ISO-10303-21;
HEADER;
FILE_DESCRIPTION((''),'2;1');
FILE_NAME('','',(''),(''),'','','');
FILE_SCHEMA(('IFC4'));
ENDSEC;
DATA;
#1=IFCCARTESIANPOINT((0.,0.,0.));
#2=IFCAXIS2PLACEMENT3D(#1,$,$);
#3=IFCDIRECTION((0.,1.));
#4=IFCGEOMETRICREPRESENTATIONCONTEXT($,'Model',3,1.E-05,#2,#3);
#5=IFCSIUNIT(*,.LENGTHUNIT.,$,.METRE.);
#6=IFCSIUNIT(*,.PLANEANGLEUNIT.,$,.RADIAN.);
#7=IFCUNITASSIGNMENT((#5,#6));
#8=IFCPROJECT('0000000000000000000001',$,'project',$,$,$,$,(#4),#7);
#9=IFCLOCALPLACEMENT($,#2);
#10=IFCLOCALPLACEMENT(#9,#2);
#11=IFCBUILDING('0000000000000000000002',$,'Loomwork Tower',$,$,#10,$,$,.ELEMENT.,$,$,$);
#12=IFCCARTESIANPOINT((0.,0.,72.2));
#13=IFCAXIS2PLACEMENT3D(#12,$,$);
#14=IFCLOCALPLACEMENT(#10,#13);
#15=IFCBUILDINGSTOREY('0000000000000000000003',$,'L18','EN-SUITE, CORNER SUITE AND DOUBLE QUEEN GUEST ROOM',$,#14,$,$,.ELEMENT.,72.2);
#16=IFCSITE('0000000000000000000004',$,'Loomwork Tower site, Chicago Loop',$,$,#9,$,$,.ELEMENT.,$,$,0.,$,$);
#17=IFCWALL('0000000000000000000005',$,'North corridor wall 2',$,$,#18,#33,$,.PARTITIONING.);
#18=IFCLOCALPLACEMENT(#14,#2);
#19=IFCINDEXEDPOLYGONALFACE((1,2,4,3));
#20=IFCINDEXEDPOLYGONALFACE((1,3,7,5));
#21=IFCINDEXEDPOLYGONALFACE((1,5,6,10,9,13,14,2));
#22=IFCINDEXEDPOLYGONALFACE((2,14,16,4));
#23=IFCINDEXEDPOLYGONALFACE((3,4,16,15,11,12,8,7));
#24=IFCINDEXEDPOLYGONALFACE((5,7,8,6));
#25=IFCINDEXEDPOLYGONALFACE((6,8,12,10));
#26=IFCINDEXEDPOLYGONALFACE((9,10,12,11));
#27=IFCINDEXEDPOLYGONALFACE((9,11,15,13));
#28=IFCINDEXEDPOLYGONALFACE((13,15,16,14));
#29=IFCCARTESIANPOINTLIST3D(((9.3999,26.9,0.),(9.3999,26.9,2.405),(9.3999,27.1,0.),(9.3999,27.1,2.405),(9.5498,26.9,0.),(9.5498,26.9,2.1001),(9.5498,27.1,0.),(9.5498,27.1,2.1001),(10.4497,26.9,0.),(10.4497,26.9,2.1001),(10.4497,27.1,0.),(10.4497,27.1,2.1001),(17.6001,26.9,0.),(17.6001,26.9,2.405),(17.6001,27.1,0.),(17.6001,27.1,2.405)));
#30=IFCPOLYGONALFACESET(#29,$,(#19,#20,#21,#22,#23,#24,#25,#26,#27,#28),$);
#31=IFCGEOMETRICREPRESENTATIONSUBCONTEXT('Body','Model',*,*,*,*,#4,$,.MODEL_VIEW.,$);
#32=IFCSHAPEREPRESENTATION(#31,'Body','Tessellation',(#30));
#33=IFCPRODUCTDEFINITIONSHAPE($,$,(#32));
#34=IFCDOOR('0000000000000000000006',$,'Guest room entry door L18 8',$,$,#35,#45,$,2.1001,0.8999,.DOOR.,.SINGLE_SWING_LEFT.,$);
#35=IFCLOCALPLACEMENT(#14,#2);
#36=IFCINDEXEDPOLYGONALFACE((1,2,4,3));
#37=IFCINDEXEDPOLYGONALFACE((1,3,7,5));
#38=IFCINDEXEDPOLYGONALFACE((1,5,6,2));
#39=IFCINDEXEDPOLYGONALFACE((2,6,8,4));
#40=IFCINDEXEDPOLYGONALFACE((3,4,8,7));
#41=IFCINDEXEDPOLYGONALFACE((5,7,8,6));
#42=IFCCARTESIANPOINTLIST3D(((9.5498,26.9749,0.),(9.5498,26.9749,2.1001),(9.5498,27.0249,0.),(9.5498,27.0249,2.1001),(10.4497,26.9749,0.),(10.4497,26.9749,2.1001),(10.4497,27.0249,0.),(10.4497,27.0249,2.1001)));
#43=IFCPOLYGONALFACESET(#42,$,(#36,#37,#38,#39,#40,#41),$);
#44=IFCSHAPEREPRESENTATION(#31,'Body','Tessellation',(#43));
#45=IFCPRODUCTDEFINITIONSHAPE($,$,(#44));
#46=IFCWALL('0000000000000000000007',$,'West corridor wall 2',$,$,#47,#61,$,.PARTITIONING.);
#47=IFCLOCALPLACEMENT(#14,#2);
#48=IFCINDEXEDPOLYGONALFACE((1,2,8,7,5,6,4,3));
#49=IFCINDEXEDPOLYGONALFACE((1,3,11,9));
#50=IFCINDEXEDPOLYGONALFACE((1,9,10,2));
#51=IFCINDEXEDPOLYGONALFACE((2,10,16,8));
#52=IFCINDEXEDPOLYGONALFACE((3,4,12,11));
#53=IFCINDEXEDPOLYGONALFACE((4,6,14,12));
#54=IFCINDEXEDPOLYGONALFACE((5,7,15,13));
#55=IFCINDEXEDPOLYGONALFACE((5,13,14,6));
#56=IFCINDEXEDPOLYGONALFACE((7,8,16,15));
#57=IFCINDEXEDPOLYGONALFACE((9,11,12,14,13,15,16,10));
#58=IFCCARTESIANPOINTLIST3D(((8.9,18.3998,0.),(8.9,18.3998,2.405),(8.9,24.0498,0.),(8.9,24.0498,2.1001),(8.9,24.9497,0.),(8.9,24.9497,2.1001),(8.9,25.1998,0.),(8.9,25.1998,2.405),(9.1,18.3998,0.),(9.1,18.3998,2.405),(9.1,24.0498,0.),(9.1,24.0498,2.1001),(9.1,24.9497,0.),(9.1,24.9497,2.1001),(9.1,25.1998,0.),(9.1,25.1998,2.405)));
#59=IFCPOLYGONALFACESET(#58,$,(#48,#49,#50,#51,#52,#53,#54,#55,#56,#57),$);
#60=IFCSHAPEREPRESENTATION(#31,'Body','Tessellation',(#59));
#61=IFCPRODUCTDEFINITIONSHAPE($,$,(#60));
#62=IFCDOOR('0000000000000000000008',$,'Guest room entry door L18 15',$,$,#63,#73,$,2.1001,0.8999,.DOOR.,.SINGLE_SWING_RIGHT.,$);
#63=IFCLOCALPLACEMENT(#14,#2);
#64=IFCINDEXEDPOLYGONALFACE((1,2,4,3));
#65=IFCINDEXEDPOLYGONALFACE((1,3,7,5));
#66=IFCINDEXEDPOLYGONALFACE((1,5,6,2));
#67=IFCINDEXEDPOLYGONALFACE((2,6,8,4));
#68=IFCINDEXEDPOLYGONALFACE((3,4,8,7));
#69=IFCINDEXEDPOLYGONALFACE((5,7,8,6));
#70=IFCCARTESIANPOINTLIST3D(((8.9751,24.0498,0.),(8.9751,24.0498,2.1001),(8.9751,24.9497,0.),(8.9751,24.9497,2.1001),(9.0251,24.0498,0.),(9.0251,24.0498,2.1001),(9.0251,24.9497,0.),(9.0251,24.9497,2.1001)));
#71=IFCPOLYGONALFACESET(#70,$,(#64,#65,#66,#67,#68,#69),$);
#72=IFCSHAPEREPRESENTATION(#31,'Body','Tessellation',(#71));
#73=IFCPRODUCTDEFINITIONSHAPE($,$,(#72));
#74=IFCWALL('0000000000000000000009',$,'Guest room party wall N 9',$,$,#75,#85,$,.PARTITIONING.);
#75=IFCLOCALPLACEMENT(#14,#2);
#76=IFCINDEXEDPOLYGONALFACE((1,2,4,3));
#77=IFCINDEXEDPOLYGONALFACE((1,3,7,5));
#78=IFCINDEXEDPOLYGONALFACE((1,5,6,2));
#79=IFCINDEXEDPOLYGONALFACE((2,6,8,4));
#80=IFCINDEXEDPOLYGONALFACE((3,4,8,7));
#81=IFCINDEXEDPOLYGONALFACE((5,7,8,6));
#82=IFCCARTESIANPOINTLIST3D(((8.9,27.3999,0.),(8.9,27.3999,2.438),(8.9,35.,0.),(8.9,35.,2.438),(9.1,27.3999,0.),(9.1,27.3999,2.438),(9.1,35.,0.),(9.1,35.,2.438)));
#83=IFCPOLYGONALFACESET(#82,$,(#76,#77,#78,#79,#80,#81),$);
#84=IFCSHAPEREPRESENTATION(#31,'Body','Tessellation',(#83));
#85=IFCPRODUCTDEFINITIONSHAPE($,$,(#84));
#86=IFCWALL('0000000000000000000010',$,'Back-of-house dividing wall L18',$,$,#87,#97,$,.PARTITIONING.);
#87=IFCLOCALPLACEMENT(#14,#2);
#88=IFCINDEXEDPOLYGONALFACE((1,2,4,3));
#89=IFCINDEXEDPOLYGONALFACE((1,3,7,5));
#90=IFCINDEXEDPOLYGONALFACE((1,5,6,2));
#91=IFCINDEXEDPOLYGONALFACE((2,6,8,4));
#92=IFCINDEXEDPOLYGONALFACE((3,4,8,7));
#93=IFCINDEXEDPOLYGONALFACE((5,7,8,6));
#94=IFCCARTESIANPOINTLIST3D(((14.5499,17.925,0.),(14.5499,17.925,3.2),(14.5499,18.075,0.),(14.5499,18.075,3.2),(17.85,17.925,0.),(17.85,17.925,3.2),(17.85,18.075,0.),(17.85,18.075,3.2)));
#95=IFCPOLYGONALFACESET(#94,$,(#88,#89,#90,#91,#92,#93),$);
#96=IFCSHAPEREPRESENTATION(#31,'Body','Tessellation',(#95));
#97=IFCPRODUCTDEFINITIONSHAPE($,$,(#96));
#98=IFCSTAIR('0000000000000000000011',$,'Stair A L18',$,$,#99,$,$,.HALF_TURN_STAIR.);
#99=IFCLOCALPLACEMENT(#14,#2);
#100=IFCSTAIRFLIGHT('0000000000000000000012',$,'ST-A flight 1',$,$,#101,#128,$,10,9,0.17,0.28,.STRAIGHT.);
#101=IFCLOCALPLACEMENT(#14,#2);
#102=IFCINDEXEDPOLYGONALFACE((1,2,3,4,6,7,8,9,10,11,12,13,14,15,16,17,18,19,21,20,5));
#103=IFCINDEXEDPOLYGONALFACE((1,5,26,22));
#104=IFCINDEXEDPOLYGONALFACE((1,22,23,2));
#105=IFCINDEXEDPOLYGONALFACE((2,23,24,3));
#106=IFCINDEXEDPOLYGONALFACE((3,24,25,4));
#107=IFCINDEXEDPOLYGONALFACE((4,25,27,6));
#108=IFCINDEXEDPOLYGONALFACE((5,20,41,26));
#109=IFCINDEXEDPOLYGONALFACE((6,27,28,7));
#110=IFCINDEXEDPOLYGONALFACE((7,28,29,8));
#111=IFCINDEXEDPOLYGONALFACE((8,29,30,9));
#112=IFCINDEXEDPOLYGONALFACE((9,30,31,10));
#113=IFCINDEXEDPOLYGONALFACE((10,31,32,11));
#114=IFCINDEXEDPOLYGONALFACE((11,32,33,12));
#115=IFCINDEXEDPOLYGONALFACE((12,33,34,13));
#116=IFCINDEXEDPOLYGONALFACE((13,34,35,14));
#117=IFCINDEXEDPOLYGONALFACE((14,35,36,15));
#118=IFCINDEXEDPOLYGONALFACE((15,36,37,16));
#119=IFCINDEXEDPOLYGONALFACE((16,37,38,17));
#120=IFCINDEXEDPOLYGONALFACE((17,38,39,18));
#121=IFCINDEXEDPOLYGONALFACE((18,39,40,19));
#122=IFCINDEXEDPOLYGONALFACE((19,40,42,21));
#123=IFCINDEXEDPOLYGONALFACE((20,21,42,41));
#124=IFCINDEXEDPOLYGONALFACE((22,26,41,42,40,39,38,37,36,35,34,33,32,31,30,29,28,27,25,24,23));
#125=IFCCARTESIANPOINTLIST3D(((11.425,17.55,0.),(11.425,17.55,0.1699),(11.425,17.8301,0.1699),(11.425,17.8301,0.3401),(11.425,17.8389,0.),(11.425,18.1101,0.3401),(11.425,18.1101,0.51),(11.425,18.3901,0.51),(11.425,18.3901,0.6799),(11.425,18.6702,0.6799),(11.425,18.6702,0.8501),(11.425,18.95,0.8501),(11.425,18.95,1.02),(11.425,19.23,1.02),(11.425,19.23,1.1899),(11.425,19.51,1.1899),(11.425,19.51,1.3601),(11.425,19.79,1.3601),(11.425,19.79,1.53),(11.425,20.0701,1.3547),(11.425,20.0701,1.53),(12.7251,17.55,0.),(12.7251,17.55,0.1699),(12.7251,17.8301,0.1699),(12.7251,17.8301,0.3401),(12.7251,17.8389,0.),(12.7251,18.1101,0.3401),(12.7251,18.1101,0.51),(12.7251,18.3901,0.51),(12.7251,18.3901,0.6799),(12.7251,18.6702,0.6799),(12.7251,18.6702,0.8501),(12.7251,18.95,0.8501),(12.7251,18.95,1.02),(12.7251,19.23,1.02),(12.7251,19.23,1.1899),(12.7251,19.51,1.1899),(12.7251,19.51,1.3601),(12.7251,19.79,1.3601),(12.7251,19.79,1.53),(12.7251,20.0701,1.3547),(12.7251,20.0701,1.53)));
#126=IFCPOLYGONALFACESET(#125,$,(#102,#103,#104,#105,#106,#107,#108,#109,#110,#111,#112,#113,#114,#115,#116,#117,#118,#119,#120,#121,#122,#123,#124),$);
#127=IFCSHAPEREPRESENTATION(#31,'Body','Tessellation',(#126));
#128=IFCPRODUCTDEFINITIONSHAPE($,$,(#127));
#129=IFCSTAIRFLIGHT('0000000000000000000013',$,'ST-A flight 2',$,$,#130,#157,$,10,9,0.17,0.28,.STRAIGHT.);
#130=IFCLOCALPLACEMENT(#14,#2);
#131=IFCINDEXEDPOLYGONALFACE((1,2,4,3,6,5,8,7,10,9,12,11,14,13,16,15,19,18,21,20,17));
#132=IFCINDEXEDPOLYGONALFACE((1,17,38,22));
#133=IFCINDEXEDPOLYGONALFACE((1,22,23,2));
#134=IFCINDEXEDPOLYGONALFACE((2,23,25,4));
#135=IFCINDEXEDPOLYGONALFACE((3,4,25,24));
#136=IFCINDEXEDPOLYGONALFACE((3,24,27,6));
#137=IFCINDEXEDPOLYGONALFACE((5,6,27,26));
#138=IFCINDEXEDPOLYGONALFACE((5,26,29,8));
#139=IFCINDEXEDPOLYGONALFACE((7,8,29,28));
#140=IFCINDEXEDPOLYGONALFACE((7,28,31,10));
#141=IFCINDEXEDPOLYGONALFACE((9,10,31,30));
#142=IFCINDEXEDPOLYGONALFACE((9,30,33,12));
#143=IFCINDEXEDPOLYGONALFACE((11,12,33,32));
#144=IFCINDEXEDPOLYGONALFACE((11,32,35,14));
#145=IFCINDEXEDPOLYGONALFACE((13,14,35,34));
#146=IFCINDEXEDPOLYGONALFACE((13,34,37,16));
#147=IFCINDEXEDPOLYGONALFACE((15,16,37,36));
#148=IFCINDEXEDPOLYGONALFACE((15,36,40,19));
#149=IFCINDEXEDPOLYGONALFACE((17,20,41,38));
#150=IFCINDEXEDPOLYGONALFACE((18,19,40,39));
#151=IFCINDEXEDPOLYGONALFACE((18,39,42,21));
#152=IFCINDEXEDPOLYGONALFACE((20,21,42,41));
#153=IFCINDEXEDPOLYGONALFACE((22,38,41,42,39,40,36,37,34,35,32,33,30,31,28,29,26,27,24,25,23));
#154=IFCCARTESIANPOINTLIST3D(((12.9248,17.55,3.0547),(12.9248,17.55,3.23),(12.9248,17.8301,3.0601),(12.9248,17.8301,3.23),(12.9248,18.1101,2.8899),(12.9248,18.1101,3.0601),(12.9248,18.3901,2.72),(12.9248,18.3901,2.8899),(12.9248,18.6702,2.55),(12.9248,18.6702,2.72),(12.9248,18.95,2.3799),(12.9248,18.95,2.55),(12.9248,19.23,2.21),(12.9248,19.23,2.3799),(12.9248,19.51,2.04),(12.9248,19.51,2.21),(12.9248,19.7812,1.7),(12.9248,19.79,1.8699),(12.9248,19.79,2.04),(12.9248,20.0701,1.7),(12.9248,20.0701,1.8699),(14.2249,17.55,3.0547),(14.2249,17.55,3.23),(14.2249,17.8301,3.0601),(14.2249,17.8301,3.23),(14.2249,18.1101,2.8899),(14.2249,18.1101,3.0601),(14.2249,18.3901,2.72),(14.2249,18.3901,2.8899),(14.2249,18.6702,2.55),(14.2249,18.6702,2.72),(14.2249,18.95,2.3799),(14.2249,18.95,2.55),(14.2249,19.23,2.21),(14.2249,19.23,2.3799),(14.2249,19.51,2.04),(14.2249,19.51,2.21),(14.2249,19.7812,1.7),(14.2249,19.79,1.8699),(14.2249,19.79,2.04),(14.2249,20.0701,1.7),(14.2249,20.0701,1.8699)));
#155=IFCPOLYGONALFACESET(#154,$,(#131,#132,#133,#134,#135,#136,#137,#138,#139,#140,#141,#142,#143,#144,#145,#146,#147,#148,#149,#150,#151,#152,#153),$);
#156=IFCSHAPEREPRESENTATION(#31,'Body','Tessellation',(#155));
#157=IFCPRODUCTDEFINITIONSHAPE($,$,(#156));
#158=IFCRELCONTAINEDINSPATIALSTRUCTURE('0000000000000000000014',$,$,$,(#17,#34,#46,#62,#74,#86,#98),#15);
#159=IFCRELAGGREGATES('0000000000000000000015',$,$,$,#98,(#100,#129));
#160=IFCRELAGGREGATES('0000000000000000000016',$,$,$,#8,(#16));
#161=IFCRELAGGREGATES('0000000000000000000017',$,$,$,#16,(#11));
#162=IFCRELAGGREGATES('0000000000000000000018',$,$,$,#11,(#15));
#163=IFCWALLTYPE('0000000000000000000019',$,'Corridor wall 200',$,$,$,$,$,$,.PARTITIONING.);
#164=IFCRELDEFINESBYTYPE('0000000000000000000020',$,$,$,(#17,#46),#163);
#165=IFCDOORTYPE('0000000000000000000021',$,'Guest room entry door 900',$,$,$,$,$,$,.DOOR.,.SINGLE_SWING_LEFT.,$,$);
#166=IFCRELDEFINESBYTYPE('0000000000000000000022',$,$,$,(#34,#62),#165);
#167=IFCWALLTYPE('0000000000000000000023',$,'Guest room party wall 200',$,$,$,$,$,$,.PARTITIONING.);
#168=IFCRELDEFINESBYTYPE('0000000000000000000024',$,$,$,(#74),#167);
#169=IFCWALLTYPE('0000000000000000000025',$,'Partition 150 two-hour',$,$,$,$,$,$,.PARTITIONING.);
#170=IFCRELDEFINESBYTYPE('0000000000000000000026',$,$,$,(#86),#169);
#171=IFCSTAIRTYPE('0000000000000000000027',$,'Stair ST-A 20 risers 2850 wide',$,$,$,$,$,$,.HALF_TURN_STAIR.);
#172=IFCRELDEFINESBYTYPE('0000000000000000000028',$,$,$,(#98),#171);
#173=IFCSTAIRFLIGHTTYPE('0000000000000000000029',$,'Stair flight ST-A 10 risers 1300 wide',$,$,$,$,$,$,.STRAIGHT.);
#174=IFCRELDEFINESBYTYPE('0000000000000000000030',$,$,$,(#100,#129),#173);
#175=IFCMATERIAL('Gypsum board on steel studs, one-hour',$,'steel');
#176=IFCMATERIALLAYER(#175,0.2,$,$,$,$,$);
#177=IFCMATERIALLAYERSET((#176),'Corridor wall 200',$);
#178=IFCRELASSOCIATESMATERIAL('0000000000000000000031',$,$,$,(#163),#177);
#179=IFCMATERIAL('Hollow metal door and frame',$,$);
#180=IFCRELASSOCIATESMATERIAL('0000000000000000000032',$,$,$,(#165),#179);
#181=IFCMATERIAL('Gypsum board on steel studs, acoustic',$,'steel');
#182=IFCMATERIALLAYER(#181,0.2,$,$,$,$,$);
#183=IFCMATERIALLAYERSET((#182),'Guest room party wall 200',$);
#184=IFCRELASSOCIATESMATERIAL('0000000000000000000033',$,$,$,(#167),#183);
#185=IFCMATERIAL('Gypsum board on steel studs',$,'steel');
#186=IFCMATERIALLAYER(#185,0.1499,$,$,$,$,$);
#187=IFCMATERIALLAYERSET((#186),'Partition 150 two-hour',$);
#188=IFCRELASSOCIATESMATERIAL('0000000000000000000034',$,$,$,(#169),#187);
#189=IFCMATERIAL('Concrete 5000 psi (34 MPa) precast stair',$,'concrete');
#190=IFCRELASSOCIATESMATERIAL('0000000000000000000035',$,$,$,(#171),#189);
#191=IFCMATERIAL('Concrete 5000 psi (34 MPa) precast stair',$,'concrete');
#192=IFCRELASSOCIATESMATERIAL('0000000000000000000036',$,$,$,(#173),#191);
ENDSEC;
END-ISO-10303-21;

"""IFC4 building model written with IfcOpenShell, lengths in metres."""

from ifc_helpers import new_model, si_unit, direction, frame, frame_2d, origin, place, context, subcontext, project, spatial, polyline, rectangle, outline, extrude, material, layer, layer_set, type_object, element, fill, aggregate, save


model = new_model("IFC4")

# Units and contexts
model_context = context("Model", 3, precision=1e-05, world=origin(), true_north=direction((0.0, 1.0)))
body_context = subcontext(model_context, "Body", "Model", "MODEL_VIEW")
ifc_project = project(units=[si_unit("LENGTHUNIT", "METRE"), si_unit("PLANEANGLEUNIT", "RADIAN")], contexts=[model_context])

# Site, building, storey
site_placement = place(None, origin())
site = spatial("IfcSite", under=ifc_project, at=site_placement, Name="Loomwork Tower site, Chicago Loop", CompositionType="ELEMENT", RefElevation=0.0)
building_placement = place(site_placement, origin())
building = spatial("IfcBuilding", under=site, at=building_placement, Name="Loomwork Tower", CompositionType="ELEMENT")
storey_placement = place(building_placement, frame((0.0, 0.0, 72.2)))
storey = spatial("IfcBuildingStorey", under=building, at=storey_placement, Name="L18", Description="EN-SUITE, CORNER SUITE AND DOUBLE QUEEN GUEST ROOM", CompositionType="ELEMENT", Elevation=72.2)

# Walls, openings, doors
ifc_material_1 = material(Name="Gypsum board on steel studs, one-hour", Category="steel")
ifc_layer_1 = layer(ifc_material_1, 0.2)
ifc_layer_set_1 = layer_set([ifc_layer_1], Name="Corridor wall 200")
wall_type_1 = type_object("IfcWallType", Name="Corridor wall 200", PredefinedType="PARTITIONING", material=ifc_layer_set_1)
wall_1_placement = place(storey_placement, frame((9.3999, 27.0, 0.0), z_axis=(0.0, 0.0, 1.0), x_axis=(1.0, 0.0, 0.0)))
wall_1 = element("IfcWall", 1, at=wall_1_placement, inside=storey, type_object=wall_type_1, Name="North corridor wall 2", PredefinedType="PARTITIONING", context=body_context, shape_type="SweptSolid", body=[
    extrude(rectangle(XDim=8.2002, YDim=0.2, at=frame_2d((4.1001, 0.0))), origin(), (0.0, 0.0, 1.0), 2.405),
])
opening_1_placement = place(wall_1_placement, frame((0.1499, 0.0, 0.0)))
opening_1 = element("IfcOpeningElement", 2, at=opening_1_placement, cuts=wall_1, PredefinedType="OPENING", context=body_context, shape_type="SweptSolid", body=[
    extrude(rectangle(XDim=0.8999, YDim=2.1001, at=frame_2d((0.45, 1.05))), frame((0.0, 0.1099, 0.0), z_axis=(0.0, -1.0, 0.0), x_axis=(1.0, 0.0, 0.0)), (0.0, 0.0, 1.0), 0.22),
])
ifc_material_2 = material(Name="Hollow metal door and frame")
door_type_1 = type_object("IfcDoorType", Name="Guest room entry door 900", OperationType="SINGLE_SWING_LEFT", PredefinedType="DOOR", material=ifc_material_2)
door_1_placement = place(opening_1_placement, origin())
door_1 = element("IfcDoor", 3, at=door_1_placement, inside=storey, type_object=door_type_1, Name="Guest room entry door L18 8", OperationType="SINGLE_SWING_LEFT", OverallHeight=2.1001, OverallWidth=0.8999, PredefinedType="DOOR", context=body_context, shape_type="SweptSolid", body=[
    extrude(rectangle(XDim=0.8999, YDim=2.1001, at=frame_2d((0.45, 1.05))), frame((0.0, 0.0249, 0.0), z_axis=(0.0, -1.0, 0.0), x_axis=(1.0, 0.0, 0.0)), (0.0, 0.0, 1.0), 0.05),
])
fill(opening_1, door_1)
wall_2_placement = place(storey_placement, frame((9.0, 18.3999, 0.0), z_axis=(0.0, 0.0, 1.0), x_axis=(0.0, 1.0, 0.0)))
wall_2 = element("IfcWall", 4, at=wall_2_placement, inside=storey, type_object=wall_type_1, Name="West corridor wall 2", PredefinedType="PARTITIONING", context=body_context, shape_type="SweptSolid", body=[
    extrude(rectangle(XDim=6.8, YDim=0.2, at=frame_2d((3.3999, 0.0))), origin(), (0.0, 0.0, 1.0), 2.405),
])
opening_2_placement = place(wall_2_placement, frame((5.6499, 0.0, 0.0)))
opening_2 = element("IfcOpeningElement", 5, at=opening_2_placement, cuts=wall_2, PredefinedType="OPENING", context=body_context, shape_type="SweptSolid", body=[
    extrude(rectangle(XDim=0.8999, YDim=2.1001, at=frame_2d((0.45, 1.05))), frame((0.0, 0.1099, 0.0), z_axis=(0.0, -1.0, 0.0), x_axis=(1.0, 0.0, 0.0)), (0.0, 0.0, 1.0), 0.22),
])
door_2_placement = place(opening_2_placement, origin())
door_2 = element("IfcDoor", 6, at=door_2_placement, inside=storey, type_object=door_type_1, Name="Guest room entry door L18 15", OperationType="SINGLE_SWING_RIGHT", OverallHeight=2.1001, OverallWidth=0.8999, PredefinedType="DOOR", context=body_context, shape_type="SweptSolid", body=[
    extrude(rectangle(XDim=0.8999, YDim=2.1001, at=frame_2d((0.45, 1.05))), frame((0.0, 0.0249, 0.0), z_axis=(0.0, -1.0, 0.0), x_axis=(1.0, 0.0, 0.0)), (0.0, 0.0, 1.0), 0.05),
])
fill(opening_2, door_2)

# Walls
ifc_material_3 = material(Name="Gypsum board on steel studs, acoustic", Category="steel")
ifc_layer_2 = layer(ifc_material_3, 0.2)
ifc_layer_set_2 = layer_set([ifc_layer_2], Name="Guest room party wall 200")
wall_type_2 = type_object("IfcWallType", Name="Guest room party wall 200", PredefinedType="PARTITIONING", material=ifc_layer_set_2)
wall_3_placement = place(storey_placement, frame((9.0, 27.3999, 0.0), z_axis=(0.0, 0.0, 1.0), x_axis=(0.0, 1.0, 0.0)))
element("IfcWall", 7, at=wall_3_placement, inside=storey, type_object=wall_type_2, Name="Guest room party wall N 9", PredefinedType="PARTITIONING", context=body_context, shape_type="SweptSolid", body=[
    extrude(rectangle(XDim=7.6001, YDim=0.2, at=frame_2d((3.8, 0.0))), origin(), (0.0, 0.0, 1.0), 2.438),
])
ifc_material_4 = material(Name="Gypsum board on steel studs", Category="steel")
ifc_layer_3 = layer(ifc_material_4, 0.1499)
ifc_layer_set_3 = layer_set([ifc_layer_3], Name="Partition 150 two-hour")
wall_type_3 = type_object("IfcWallType", Name="Partition 150 two-hour", PredefinedType="PARTITIONING", material=ifc_layer_set_3)
wall_4_placement = place(storey_placement, frame((14.55, 18.0, 0.0), z_axis=(0.0, 0.0, 1.0), x_axis=(1.0, 0.0, 0.0)))
element("IfcWall", 8, at=wall_4_placement, inside=storey, type_object=wall_type_3, Name="Back-of-house dividing wall L18", PredefinedType="PARTITIONING", context=body_context, shape_type="SweptSolid", body=[
    extrude(rectangle(XDim=3.3, YDim=0.1499, at=frame_2d((1.6499, 0.0))), origin(), (0.0, 0.0, 1.0), 3.2),
])

# Stair, stair flights
ifc_material_5 = material(Name="Concrete 5000 psi (34 MPa) precast stair", Category="concrete")
stair_type = type_object("IfcStairType", Name="Stair ST-A 20 risers 2850 wide", PredefinedType="HALF_TURN_STAIR", material=ifc_material_5)
stair_placement = place(storey_placement, origin())
stair = element("IfcStair", 9, at=stair_placement, inside=storey, type_object=stair_type, Name="Stair A L18", PredefinedType="HALF_TURN_STAIR")
ifc_material_6 = material(Name="Concrete 5000 psi (34 MPa) precast stair", Category="concrete")
stair_flight_type = type_object("IfcStairFlightType", Name="Stair flight ST-A 10 risers 1300 wide", PredefinedType="STRAIGHT", material=ifc_material_6)
stair_flight_1_placement = place(storey_placement, frame((12.075, 17.55, 0.0), z_axis=(0.0, 0.0, 1.0), x_axis=(0.0, 1.0, 0.0)))
stair_flight_1 = element("IfcStairFlight", 10, at=stair_flight_1_placement, type_object=stair_flight_type, Name="ST-A flight 1", NumberOfRisers=10, NumberOfTreads=9, PredefinedType="STRAIGHT", RiserHeight=0.17, TreadLength=0.28, context=body_context, shape_type="SweptSolid", body=[
    extrude(outline(polyline([(0.0, 0.0), (0.0, 0.1699), (0.28, 0.1699), (0.28, 0.3401), (0.5601, 0.3401), (0.5601, 0.51), (0.8401, 0.51), (0.8401, 0.6799), (1.1201, 0.6799), (1.1201, 0.8501), (1.3999, 0.8501), (1.3999, 1.02), (1.6799, 1.02), (1.6799, 1.1899), (1.96, 1.1899), (1.96, 1.3601), (2.24, 1.3601), (2.24, 1.53), (2.52, 1.53), (2.52, 1.7), (2.52, 1.3547), (0.2888, 0.0), (0.0, 0.0)])), frame((0.0, 0.6499, 0.0), z_axis=(0.0, -1.0, 0.0), x_axis=(1.0, 0.0, 0.0)), (0.0, 0.0, 1.0), 1.3),
])
stair_flight_2_placement = place(storey_placement, frame((13.575, 20.0701, 1.7), z_axis=(0.0, 0.0, 1.0), x_axis=(0.0, -1.0, 0.0)))
stair_flight_2 = element("IfcStairFlight", 11, at=stair_flight_2_placement, type_object=stair_flight_type, Name="ST-A flight 2", NumberOfRisers=10, NumberOfTreads=9, PredefinedType="STRAIGHT", RiserHeight=0.17, TreadLength=0.28, context=body_context, shape_type="SweptSolid", body=[
    extrude(outline(polyline([(0.0, 0.0), (0.0, 0.1699), (0.28, 0.1699), (0.28, 0.3401), (0.5601, 0.3401), (0.5601, 0.51), (0.8401, 0.51), (0.8401, 0.6799), (1.1201, 0.6799), (1.1201, 0.8501), (1.3999, 0.8501), (1.3999, 1.02), (1.6799, 1.02), (1.6799, 1.1899), (1.96, 1.1899), (1.96, 1.3601), (2.24, 1.3601), (2.24, 1.53), (2.52, 1.53), (2.52, 1.7), (2.52, 1.3547), (0.2888, 0.0), (0.0, 0.0)])), frame((0.0, 0.6499, 0.0), z_axis=(0.0, -1.0, 0.0), x_axis=(1.0, 0.0, 0.0)), (0.0, 0.0, 1.0), 1.3),
])
aggregate(stair, [stair_flight_1, stair_flight_2])

save(model, "model.ifc")
